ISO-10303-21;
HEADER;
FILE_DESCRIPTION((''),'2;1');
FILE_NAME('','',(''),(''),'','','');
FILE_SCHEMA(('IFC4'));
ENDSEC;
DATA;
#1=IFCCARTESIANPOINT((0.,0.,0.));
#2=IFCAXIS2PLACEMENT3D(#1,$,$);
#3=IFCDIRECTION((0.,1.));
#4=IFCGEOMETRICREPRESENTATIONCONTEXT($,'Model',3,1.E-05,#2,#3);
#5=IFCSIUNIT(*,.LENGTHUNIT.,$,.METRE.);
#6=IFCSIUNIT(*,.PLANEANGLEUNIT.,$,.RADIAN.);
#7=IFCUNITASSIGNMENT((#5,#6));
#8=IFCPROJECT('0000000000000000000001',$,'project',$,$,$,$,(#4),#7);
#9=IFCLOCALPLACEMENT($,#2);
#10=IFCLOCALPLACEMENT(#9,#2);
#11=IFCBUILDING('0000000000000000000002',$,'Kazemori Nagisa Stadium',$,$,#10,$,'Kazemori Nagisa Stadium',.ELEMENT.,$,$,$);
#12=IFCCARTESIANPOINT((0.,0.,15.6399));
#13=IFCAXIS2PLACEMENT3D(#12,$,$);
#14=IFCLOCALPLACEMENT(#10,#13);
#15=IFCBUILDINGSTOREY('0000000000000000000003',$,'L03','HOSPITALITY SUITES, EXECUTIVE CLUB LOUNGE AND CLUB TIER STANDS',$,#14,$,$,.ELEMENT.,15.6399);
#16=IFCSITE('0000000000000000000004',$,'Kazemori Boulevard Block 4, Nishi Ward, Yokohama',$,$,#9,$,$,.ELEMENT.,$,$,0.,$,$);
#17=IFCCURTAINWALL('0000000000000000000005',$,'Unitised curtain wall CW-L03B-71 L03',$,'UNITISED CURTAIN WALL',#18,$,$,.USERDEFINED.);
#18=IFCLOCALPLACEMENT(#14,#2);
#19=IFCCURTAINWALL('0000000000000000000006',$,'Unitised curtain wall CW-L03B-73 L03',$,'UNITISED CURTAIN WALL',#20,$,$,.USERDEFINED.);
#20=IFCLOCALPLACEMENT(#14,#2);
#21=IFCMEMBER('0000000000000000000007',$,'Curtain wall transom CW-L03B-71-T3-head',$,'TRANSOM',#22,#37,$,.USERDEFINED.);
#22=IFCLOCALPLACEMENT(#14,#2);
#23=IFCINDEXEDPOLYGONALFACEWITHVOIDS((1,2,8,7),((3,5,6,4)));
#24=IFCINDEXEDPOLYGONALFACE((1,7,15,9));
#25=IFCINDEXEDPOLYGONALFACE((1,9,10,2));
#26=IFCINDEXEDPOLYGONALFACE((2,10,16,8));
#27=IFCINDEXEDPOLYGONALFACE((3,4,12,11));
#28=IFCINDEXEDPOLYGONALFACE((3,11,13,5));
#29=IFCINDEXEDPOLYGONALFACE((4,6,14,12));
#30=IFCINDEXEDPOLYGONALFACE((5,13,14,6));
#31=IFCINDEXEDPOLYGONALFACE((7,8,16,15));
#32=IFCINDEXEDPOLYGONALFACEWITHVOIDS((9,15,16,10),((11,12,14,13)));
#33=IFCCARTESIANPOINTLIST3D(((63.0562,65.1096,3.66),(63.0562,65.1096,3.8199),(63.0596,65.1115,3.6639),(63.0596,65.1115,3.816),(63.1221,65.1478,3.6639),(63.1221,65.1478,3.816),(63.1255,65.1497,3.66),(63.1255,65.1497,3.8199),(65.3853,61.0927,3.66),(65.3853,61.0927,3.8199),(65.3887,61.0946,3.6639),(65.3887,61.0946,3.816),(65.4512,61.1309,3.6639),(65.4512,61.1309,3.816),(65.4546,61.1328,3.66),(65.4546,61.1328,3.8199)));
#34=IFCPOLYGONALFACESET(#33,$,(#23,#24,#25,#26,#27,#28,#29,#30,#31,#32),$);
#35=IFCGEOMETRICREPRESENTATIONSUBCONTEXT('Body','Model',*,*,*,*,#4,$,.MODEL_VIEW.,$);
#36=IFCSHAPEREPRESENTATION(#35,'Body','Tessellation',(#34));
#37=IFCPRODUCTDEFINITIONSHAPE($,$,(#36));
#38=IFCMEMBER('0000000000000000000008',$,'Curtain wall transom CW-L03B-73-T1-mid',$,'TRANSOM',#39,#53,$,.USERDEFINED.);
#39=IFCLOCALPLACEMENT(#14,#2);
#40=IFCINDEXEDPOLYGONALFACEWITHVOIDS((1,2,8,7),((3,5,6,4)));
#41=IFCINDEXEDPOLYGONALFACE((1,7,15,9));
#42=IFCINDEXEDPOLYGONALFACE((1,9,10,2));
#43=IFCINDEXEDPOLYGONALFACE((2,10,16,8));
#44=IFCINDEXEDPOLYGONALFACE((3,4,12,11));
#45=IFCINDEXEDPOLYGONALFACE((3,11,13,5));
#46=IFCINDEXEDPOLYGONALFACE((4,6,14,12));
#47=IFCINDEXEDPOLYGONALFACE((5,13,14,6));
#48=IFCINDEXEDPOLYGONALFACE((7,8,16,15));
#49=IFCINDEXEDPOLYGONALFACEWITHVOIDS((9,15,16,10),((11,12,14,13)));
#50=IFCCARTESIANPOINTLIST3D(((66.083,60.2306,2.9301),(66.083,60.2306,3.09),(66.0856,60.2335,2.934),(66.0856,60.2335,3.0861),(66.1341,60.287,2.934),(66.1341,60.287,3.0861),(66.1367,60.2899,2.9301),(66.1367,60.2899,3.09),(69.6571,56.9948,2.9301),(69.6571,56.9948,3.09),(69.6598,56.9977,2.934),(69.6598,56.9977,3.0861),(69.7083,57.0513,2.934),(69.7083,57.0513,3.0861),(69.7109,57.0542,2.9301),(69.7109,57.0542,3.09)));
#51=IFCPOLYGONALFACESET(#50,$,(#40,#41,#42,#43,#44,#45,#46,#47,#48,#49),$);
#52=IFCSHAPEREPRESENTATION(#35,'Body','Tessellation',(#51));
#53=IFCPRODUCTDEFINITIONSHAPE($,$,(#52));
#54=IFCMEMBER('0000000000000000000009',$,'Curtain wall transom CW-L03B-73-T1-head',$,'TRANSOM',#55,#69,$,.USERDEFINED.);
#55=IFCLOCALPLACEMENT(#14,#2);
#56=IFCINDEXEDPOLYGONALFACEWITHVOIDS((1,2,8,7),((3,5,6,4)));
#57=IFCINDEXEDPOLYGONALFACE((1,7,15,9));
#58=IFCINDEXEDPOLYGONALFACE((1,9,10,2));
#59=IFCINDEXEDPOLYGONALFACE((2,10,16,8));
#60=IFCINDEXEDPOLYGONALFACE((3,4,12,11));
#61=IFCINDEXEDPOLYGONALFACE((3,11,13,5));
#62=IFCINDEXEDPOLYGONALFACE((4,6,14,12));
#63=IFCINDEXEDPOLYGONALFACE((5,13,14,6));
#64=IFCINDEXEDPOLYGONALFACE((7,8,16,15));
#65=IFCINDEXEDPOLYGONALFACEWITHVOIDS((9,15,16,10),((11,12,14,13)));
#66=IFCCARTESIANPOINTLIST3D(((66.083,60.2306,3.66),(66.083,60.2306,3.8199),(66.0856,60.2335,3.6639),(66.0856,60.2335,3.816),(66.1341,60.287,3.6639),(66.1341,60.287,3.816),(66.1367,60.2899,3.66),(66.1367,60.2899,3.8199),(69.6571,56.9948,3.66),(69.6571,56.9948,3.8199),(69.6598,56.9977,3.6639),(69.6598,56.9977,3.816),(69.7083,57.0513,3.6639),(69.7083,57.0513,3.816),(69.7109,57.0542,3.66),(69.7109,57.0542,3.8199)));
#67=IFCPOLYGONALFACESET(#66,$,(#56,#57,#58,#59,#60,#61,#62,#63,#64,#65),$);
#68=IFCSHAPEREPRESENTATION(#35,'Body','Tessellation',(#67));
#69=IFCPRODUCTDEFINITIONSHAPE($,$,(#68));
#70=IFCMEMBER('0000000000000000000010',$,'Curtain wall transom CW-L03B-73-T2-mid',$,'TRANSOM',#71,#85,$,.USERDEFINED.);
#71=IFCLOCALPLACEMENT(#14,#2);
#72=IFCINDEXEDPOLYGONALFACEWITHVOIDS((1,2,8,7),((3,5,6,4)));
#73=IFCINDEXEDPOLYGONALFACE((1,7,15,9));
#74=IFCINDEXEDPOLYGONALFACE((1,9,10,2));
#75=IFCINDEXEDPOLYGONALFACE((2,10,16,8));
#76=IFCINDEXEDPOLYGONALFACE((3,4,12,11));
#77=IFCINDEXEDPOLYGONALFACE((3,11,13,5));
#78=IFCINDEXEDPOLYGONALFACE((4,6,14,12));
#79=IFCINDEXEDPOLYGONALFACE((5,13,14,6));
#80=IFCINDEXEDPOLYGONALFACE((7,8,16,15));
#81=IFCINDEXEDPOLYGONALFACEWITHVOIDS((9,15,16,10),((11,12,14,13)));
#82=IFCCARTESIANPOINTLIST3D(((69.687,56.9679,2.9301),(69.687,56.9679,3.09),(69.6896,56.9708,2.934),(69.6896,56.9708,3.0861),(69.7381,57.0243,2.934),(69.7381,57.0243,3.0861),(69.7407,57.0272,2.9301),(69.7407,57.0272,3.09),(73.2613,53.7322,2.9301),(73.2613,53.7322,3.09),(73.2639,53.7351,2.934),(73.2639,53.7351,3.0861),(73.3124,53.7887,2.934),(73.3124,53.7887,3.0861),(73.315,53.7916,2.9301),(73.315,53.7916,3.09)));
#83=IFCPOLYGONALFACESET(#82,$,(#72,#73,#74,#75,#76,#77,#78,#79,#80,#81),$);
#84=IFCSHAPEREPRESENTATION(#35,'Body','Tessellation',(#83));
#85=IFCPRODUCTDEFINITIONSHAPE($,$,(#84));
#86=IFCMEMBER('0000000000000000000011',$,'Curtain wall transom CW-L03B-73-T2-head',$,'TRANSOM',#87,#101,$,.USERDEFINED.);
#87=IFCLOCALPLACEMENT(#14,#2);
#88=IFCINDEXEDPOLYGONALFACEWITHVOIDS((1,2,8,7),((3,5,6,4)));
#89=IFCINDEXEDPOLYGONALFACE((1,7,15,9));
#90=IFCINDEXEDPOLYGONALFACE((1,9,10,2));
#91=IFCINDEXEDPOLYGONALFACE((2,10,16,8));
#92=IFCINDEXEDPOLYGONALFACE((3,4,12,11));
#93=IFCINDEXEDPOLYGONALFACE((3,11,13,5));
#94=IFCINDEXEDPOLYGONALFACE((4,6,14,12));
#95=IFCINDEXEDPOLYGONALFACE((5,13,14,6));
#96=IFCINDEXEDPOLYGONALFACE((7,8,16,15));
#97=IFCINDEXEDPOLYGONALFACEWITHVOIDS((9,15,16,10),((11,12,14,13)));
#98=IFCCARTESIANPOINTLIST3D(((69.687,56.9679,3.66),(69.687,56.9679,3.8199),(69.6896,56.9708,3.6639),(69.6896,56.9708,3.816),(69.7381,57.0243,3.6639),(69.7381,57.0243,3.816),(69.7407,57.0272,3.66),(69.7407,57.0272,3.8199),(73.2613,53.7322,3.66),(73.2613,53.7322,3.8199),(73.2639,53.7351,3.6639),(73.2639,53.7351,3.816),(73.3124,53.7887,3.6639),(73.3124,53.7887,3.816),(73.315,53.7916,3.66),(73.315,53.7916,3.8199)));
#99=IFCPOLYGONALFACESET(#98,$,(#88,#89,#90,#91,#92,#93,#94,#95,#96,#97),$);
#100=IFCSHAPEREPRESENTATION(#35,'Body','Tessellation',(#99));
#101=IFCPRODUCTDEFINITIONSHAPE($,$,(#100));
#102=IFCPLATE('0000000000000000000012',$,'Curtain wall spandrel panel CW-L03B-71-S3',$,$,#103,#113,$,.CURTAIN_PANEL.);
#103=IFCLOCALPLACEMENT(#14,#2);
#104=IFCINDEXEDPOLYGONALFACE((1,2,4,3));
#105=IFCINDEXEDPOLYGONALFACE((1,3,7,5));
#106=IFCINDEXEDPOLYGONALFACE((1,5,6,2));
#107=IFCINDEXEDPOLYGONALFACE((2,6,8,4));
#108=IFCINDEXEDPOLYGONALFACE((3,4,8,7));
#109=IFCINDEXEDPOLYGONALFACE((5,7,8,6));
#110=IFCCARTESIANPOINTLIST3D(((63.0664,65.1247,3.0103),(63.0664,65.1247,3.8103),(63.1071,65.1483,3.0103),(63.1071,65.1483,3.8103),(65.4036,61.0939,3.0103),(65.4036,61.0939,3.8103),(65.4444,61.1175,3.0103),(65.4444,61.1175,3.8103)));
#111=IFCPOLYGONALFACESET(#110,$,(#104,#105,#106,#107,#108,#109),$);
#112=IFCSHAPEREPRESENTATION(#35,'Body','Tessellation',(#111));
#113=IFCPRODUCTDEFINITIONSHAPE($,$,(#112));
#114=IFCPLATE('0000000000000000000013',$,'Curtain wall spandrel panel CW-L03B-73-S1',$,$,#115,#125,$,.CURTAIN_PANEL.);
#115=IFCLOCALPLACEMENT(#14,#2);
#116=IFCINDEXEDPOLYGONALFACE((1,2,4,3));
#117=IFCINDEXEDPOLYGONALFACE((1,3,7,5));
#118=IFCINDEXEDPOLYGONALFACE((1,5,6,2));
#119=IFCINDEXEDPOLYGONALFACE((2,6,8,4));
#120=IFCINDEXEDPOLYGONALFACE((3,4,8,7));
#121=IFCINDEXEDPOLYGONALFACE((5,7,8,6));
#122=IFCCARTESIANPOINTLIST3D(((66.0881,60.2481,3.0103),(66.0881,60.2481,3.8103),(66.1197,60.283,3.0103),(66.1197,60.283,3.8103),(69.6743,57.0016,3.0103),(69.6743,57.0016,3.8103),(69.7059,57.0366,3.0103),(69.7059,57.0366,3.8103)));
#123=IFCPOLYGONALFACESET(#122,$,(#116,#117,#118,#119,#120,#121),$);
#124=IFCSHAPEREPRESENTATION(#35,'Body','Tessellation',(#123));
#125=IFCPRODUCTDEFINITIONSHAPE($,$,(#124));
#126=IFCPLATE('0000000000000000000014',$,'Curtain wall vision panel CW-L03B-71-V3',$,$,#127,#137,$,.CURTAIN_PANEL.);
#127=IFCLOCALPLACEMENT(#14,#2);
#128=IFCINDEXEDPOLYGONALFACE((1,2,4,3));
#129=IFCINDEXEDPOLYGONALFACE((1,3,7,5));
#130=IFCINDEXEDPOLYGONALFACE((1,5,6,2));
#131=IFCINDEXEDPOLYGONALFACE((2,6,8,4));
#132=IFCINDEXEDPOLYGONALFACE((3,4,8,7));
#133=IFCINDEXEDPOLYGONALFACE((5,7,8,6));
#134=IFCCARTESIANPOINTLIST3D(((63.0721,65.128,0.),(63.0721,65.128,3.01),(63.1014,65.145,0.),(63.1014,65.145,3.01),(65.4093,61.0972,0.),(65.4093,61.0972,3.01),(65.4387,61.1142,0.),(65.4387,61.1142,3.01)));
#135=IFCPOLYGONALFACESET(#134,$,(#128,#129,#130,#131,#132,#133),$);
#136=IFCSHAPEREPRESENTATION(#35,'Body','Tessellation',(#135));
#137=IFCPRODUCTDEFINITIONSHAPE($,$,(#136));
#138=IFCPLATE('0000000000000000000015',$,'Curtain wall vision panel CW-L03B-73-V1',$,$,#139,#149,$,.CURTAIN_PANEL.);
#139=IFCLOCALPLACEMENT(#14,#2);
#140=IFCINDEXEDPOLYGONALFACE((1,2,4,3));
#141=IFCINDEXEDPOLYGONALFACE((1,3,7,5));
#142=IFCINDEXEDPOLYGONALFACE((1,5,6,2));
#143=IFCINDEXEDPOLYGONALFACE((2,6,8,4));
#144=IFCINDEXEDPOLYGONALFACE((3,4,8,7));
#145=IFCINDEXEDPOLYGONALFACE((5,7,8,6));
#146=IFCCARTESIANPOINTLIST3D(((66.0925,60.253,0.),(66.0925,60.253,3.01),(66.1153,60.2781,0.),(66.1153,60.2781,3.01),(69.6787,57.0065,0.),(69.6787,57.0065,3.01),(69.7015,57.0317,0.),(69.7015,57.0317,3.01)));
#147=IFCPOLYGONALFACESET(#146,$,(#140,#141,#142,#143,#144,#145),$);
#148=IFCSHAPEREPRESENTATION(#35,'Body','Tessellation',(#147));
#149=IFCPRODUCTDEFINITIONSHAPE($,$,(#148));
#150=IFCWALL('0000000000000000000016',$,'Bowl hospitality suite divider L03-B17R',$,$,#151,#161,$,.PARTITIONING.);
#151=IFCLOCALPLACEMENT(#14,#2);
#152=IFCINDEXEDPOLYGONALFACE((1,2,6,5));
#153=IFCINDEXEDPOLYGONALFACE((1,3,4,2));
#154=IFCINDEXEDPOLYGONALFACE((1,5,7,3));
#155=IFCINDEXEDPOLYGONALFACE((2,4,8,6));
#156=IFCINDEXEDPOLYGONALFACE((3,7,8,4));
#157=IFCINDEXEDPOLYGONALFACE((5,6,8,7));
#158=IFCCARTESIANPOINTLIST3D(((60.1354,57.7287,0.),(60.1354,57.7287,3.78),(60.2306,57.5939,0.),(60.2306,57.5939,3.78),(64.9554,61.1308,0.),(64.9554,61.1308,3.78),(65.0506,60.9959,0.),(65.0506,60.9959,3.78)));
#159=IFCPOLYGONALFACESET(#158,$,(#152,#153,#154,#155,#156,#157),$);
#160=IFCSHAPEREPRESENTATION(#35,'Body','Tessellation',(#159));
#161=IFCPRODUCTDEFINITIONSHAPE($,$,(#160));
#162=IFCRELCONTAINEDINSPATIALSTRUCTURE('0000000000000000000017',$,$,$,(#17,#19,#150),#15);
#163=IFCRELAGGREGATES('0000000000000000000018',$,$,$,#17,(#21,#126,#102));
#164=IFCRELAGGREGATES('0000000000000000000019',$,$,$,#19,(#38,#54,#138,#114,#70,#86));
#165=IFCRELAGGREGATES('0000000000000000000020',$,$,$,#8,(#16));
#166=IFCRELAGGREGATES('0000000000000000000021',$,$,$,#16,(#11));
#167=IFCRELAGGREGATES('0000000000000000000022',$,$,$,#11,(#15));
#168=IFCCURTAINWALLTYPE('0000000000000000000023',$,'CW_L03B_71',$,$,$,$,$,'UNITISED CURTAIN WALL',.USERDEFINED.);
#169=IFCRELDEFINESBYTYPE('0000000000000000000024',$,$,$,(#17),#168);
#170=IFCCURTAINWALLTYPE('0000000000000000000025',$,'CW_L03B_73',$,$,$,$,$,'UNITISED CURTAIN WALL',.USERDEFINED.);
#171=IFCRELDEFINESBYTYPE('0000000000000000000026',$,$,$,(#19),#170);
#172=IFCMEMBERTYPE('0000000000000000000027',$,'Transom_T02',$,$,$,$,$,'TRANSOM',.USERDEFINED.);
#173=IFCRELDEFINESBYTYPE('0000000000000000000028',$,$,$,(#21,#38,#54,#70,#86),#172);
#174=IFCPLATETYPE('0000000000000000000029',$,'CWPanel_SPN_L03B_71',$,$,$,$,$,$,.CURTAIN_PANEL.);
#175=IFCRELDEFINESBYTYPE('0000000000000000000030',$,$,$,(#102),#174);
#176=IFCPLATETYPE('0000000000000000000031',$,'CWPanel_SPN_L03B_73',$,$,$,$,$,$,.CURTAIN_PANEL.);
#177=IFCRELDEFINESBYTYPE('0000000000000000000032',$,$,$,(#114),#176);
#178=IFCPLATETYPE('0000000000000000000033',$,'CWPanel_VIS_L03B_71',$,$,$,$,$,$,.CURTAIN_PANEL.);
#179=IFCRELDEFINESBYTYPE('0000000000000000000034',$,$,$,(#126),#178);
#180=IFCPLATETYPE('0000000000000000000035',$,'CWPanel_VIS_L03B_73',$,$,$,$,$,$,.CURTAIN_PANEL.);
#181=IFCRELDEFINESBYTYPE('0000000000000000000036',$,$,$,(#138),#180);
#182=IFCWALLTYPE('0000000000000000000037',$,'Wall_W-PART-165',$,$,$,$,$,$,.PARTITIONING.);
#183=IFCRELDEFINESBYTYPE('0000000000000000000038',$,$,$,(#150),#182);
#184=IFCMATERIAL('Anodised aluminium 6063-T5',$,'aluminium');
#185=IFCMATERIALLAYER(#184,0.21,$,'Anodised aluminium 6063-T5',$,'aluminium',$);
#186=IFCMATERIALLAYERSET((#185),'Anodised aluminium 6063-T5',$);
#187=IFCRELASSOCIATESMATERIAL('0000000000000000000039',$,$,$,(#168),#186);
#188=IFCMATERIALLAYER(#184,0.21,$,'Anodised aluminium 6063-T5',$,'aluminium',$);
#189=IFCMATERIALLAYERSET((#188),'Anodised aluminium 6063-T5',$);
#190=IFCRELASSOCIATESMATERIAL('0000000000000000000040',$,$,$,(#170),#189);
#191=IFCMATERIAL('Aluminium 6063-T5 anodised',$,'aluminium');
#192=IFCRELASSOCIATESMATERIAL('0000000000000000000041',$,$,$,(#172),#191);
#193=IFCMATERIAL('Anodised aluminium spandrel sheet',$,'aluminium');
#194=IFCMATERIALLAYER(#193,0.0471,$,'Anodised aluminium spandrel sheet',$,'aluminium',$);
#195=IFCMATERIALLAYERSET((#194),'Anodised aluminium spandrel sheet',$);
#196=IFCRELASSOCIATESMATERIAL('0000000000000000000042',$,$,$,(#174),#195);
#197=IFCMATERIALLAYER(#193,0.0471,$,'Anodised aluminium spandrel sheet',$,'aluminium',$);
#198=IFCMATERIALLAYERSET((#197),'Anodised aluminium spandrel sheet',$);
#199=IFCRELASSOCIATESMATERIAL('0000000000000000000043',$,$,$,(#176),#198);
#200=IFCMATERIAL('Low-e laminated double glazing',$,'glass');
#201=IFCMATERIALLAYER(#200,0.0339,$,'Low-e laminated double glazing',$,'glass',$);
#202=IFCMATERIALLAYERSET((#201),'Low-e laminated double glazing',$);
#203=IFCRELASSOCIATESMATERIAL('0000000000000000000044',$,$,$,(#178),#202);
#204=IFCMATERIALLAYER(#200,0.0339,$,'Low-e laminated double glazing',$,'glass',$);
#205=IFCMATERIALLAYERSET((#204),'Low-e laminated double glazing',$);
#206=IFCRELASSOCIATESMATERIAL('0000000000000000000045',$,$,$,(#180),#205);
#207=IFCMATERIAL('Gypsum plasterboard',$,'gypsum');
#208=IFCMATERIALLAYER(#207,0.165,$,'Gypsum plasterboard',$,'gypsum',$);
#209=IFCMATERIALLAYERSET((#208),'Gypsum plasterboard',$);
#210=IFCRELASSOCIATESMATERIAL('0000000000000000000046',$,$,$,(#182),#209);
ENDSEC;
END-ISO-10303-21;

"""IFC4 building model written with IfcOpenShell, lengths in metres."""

from ifc_helpers import new_model, si_unit, direction, frame, frame_2d, origin, origin_2d, place, context, subcontext, project, spatial, rectangle, hollow_rectangle, extrude, material, layer, layer_set, material_profile, profile_set, type_object, element, aggregate, save


model = new_model("IFC4")

# Units and contexts
model_context = context("Model", 3, precision=1e-05, world=origin(), true_north=direction((0.0, 1.0)))
body_context = subcontext(model_context, "Body", "Model", "MODEL_VIEW")
ifc_project = project(units=[si_unit("LENGTHUNIT", "METRE"), si_unit("PLANEANGLEUNIT", "RADIAN")], contexts=[model_context])

# Site, building, storey
site_placement = place(None, origin())
site = spatial("IfcSite", under=ifc_project, at=site_placement, Name="Kazemori Boulevard Block 4, Nishi Ward, Yokohama", CompositionType="ELEMENT", RefElevation=0.0)
building_placement = place(site_placement, origin())
building = spatial("IfcBuilding", under=site, at=building_placement, Name="Kazemori Nagisa Stadium", LongName="Kazemori Nagisa Stadium", CompositionType="ELEMENT")
storey_placement = place(building_placement, frame((0.0, 0.0, 15.6399)))
storey = spatial("IfcBuildingStorey", under=building, at=storey_placement, Name="L03", Description="HOSPITALITY SUITES, EXECUTIVE CLUB LOUNGE AND CLUB TIER STANDS", CompositionType="ELEMENT", Elevation=15.6399)

# Curtain wall
ifc_material_1 = material(Name="Anodised aluminium 6063-T5", Category="aluminium")
ifc_layer_1 = layer(ifc_material_1, 0.21, Name="Anodised aluminium 6063-T5", Category="aluminium")
ifc_layer_set_1 = layer_set([ifc_layer_1], Name="Anodised aluminium 6063-T5")
curtain_wall_type_1 = type_object("IfcCurtainWallType", Name="CW_L03B_71", ElementType="UNITISED CURTAIN WALL", PredefinedType="USERDEFINED", material=ifc_layer_set_1)
curtain_wall_1_placement = place(storey_placement, origin())
curtain_wall_1 = element("IfcCurtainWall", 1, at=curtain_wall_1_placement, inside=storey, type_object=curtain_wall_type_1, Name="Unitised curtain wall CW-L03B-71 L03", ObjectType="UNITISED CURTAIN WALL", PredefinedType="USERDEFINED")
ifc_material_2 = material(Name="Aluminium 6063-T5 anodised", Category="aluminium")

# Curtain wall
ifc_layer_2 = layer(ifc_material_1, 0.21, Name="Anodised aluminium 6063-T5", Category="aluminium")
ifc_layer_set_2 = layer_set([ifc_layer_2], Name="Anodised aluminium 6063-T5")
curtain_wall_type_2 = type_object("IfcCurtainWallType", Name="CW_L03B_73", ElementType="UNITISED CURTAIN WALL", PredefinedType="USERDEFINED", material=ifc_layer_set_2)
curtain_wall_2_placement = place(storey_placement, origin())
curtain_wall_2 = element("IfcCurtainWall", 2, at=curtain_wall_2_placement, inside=storey, type_object=curtain_wall_type_2, Name="Unitised curtain wall CW-L03B-73 L03", ObjectType="UNITISED CURTAIN WALL", PredefinedType="USERDEFINED")

# Members
ifc_material_profile_1 = material_profile(ifc_material_2, hollow_rectangle(XDim=0.0801, YDim=0.1599, WallThickness=0.0039, at=origin_2d()), Name="ALU-TRAN-80x160x4")
ifc_profile_set_1 = profile_set([ifc_material_profile_1], Name="Aluminium 6063-T5 anodised")
member_type_1 = type_object("IfcMemberType", Name="Transom_T02", ElementType="TRANSOM", PredefinedType="USERDEFINED", material=ifc_profile_set_1)
member_1_placement = place(storey_placement, frame((63.0908, 65.1296, 3.74), z_axis=(0.50161, -0.865094, 0.0), x_axis=(0.865094, 0.50161, 0.0)))
member_1 = element("IfcMember", 3, at=member_1_placement, type_object=member_type_1, Name="Curtain wall transom CW-L03B-71-T3-head", ObjectType="TRANSOM", PredefinedType="USERDEFINED", context=body_context, shape_type="SweptSolid", body=[
    extrude(hollow_rectangle(XDim=0.0801, YDim=0.1599, WallThickness=0.0039, at=origin_2d()), origin(), (0.0, 0.0, 1.0), 4.6433),
])
member_2_placement = place(storey_placement, frame((66.1099, 60.2603, 3.01), z_axis=(0.741327, -0.671144, 0.0), x_axis=(0.671144, 0.741327, 0.0)))
member_2 = element("IfcMember", 4, at=member_2_placement, type_object=member_type_1, Name="Curtain wall transom CW-L03B-73-T1-mid", ObjectType="TRANSOM", PredefinedType="USERDEFINED", context=body_context, shape_type="SweptSolid", body=[
    extrude(hollow_rectangle(XDim=0.0801, YDim=0.1599, WallThickness=0.0039, at=origin_2d()), origin(), (0.0, 0.0, 1.0), 4.8213),
])
member_3_placement = place(storey_placement, frame((66.1099, 60.2603, 3.74), z_axis=(0.741327, -0.671144, 0.0), x_axis=(0.671144, 0.741327, 0.0)))
member_3 = element("IfcMember", 5, at=member_3_placement, type_object=member_type_1, Name="Curtain wall transom CW-L03B-73-T1-head", ObjectType="TRANSOM", PredefinedType="USERDEFINED", context=body_context, shape_type="SweptSolid", body=[
    extrude(hollow_rectangle(XDim=0.0801, YDim=0.1599, WallThickness=0.0039, at=origin_2d()), origin(), (0.0, 0.0, 1.0), 4.8213),
])
member_4_placement = place(storey_placement, frame((69.7139, 56.9976, 3.01), z_axis=(0.741352, -0.671116, 0.0), x_axis=(0.671116, 0.741352, 0.0)))
member_4 = element("IfcMember", 6, at=member_4_placement, type_object=member_type_1, Name="Curtain wall transom CW-L03B-73-T2-mid", ObjectType="TRANSOM", PredefinedType="USERDEFINED", context=body_context, shape_type="SweptSolid", body=[
    extrude(hollow_rectangle(XDim=0.0801, YDim=0.1599, WallThickness=0.0039, at=origin_2d()), origin(), (0.0, 0.0, 1.0), 4.8213),
])
member_5_placement = place(storey_placement, frame((69.7139, 56.9976, 3.74), z_axis=(0.741352, -0.671116, 0.0), x_axis=(0.671116, 0.741352, 0.0)))
member_5 = element("IfcMember", 7, at=member_5_placement, type_object=member_type_1, Name="Curtain wall transom CW-L03B-73-T2-head", ObjectType="TRANSOM", PredefinedType="USERDEFINED", context=body_context, shape_type="SweptSolid", body=[
    extrude(hollow_rectangle(XDim=0.0801, YDim=0.1599, WallThickness=0.0039, at=origin_2d()), origin(), (0.0, 0.0, 1.0), 4.8213),
])

# Plates
ifc_material_3 = material(Name="Anodised aluminium spandrel sheet", Category="aluminium")
ifc_layer_3 = layer(ifc_material_3, 0.0471, Name="Anodised aluminium spandrel sheet", Category="aluminium")
ifc_layer_set_3 = layer_set([ifc_layer_3], Name="Anodised aluminium spandrel sheet")
plate_type_1 = type_object("IfcPlateType", Name="CWPanel_SPN_L03B_71", PredefinedType="CURTAIN_PANEL", material=ifc_layer_set_3)
plate_1_placement = place(storey_placement, frame((64.2554, 63.1211, 3.0103), z_axis=(0.0, 0.0, 1.0), x_axis=(0.501612, -0.865093, 0.0)))
plate_1 = element("IfcPlate", 8, at=plate_1_placement, type_object=plate_type_1, Name="Curtain wall spandrel panel CW-L03B-71-S3", PredefinedType="CURTAIN_PANEL", context=body_context, shape_type="SweptSolid", body=[
    extrude(rectangle(XDim=4.6594, YDim=0.0471, at=origin_2d()), origin(), (0.0, 0.0, 1.0), 0.8),
])
ifc_layer_4 = layer(ifc_material_3, 0.0471, Name="Anodised aluminium spandrel sheet", Category="aluminium")
ifc_layer_set_4 = layer_set([ifc_layer_4], Name="Anodised aluminium spandrel sheet")
plate_type_2 = type_object("IfcPlateType", Name="CWPanel_SPN_L03B_73", PredefinedType="CURTAIN_PANEL", material=ifc_layer_set_4)
plate_2_placement = place(storey_placement, frame((67.897, 58.6423, 3.0103), z_axis=(0.0, 0.0, 1.0), x_axis=(0.741351, -0.671118, 0.0)))
plate_2 = element("IfcPlate", 9, at=plate_2_placement, type_object=plate_type_2, Name="Curtain wall spandrel panel CW-L03B-73-S1", PredefinedType="CURTAIN_PANEL", context=body_context, shape_type="SweptSolid", body=[
    extrude(rectangle(XDim=4.8374, YDim=0.0471, at=origin_2d()), origin(), (0.0, 0.0, 1.0), 0.8),
])
ifc_material_4 = material(Name="Low-e laminated double glazing", Category="glass")
ifc_layer_5 = layer(ifc_material_4, 0.0339, Name="Low-e laminated double glazing", Category="glass")
ifc_layer_set_5 = layer_set([ifc_layer_5], Name="Low-e laminated double glazing")
plate_type_3 = type_object("IfcPlateType", Name="CWPanel_VIS_L03B_71", PredefinedType="CURTAIN_PANEL", material=ifc_layer_set_5)
plate_3_placement = place(storey_placement, frame((64.2554, 63.1211, 0.0), z_axis=(0.0, 0.0, 1.0), x_axis=(0.501612, -0.865093, 0.0)))
plate_3 = element("IfcPlate", 10, at=plate_3_placement, type_object=plate_type_3, Name="Curtain wall vision panel CW-L03B-71-V3", PredefinedType="CURTAIN_PANEL", context=body_context, shape_type="SweptSolid", body=[
    extrude(rectangle(XDim=4.6594, YDim=0.0339, at=origin_2d()), origin(), (0.0, 0.0, 1.0), 3.01),
])
aggregate(curtain_wall_1, [member_1, plate_3, plate_1])
ifc_layer_6 = layer(ifc_material_4, 0.0339, Name="Low-e laminated double glazing", Category="glass")
ifc_layer_set_6 = layer_set([ifc_layer_6], Name="Low-e laminated double glazing")
plate_type_4 = type_object("IfcPlateType", Name="CWPanel_VIS_L03B_73", PredefinedType="CURTAIN_PANEL", material=ifc_layer_set_6)
plate_4_placement = place(storey_placement, frame((67.897, 58.6423, 0.0), z_axis=(0.0, 0.0, 1.0), x_axis=(0.741351, -0.671118, 0.0)))
plate_4 = element("IfcPlate", 11, at=plate_4_placement, type_object=plate_type_4, Name="Curtain wall vision panel CW-L03B-73-V1", PredefinedType="CURTAIN_PANEL", context=body_context, shape_type="SweptSolid", body=[
    extrude(rectangle(XDim=4.8374, YDim=0.0339, at=origin_2d()), origin(), (0.0, 0.0, 1.0), 3.01),
])
aggregate(curtain_wall_2, [member_2, member_3, plate_4, plate_2, member_4, member_5])

# Wall
ifc_material_5 = material(Name="Gypsum plasterboard", Category="gypsum")
ifc_layer_7 = layer(ifc_material_5, 0.165, Name="Gypsum plasterboard", Category="gypsum")
ifc_layer_set_7 = layer_set([ifc_layer_7], Name="Gypsum plasterboard")
wall_type = type_object("IfcWallType", Name="Wall_W-PART-165", PredefinedType="PARTITIONING", material=ifc_layer_set_7)
wall_placement = place(storey_placement, frame((60.1831, 57.6614, 0.0), z_axis=(0.0, 0.0, 1.0), x_axis=(0.816992, 0.576649, 0.0)))
element("IfcWall", 12, at=wall_placement, inside=storey, type_object=wall_type, Name="Bowl hospitality suite divider L03-B17R", PredefinedType="PARTITIONING", context=body_context, shape_type="SweptSolid", body=[
    extrude(rectangle(XDim=5.8997, YDim=0.165, at=frame_2d((2.9497, 0.0))), origin(), (0.0, 0.0, 1.0), 3.78),
])

save(model, "model.ifc")
